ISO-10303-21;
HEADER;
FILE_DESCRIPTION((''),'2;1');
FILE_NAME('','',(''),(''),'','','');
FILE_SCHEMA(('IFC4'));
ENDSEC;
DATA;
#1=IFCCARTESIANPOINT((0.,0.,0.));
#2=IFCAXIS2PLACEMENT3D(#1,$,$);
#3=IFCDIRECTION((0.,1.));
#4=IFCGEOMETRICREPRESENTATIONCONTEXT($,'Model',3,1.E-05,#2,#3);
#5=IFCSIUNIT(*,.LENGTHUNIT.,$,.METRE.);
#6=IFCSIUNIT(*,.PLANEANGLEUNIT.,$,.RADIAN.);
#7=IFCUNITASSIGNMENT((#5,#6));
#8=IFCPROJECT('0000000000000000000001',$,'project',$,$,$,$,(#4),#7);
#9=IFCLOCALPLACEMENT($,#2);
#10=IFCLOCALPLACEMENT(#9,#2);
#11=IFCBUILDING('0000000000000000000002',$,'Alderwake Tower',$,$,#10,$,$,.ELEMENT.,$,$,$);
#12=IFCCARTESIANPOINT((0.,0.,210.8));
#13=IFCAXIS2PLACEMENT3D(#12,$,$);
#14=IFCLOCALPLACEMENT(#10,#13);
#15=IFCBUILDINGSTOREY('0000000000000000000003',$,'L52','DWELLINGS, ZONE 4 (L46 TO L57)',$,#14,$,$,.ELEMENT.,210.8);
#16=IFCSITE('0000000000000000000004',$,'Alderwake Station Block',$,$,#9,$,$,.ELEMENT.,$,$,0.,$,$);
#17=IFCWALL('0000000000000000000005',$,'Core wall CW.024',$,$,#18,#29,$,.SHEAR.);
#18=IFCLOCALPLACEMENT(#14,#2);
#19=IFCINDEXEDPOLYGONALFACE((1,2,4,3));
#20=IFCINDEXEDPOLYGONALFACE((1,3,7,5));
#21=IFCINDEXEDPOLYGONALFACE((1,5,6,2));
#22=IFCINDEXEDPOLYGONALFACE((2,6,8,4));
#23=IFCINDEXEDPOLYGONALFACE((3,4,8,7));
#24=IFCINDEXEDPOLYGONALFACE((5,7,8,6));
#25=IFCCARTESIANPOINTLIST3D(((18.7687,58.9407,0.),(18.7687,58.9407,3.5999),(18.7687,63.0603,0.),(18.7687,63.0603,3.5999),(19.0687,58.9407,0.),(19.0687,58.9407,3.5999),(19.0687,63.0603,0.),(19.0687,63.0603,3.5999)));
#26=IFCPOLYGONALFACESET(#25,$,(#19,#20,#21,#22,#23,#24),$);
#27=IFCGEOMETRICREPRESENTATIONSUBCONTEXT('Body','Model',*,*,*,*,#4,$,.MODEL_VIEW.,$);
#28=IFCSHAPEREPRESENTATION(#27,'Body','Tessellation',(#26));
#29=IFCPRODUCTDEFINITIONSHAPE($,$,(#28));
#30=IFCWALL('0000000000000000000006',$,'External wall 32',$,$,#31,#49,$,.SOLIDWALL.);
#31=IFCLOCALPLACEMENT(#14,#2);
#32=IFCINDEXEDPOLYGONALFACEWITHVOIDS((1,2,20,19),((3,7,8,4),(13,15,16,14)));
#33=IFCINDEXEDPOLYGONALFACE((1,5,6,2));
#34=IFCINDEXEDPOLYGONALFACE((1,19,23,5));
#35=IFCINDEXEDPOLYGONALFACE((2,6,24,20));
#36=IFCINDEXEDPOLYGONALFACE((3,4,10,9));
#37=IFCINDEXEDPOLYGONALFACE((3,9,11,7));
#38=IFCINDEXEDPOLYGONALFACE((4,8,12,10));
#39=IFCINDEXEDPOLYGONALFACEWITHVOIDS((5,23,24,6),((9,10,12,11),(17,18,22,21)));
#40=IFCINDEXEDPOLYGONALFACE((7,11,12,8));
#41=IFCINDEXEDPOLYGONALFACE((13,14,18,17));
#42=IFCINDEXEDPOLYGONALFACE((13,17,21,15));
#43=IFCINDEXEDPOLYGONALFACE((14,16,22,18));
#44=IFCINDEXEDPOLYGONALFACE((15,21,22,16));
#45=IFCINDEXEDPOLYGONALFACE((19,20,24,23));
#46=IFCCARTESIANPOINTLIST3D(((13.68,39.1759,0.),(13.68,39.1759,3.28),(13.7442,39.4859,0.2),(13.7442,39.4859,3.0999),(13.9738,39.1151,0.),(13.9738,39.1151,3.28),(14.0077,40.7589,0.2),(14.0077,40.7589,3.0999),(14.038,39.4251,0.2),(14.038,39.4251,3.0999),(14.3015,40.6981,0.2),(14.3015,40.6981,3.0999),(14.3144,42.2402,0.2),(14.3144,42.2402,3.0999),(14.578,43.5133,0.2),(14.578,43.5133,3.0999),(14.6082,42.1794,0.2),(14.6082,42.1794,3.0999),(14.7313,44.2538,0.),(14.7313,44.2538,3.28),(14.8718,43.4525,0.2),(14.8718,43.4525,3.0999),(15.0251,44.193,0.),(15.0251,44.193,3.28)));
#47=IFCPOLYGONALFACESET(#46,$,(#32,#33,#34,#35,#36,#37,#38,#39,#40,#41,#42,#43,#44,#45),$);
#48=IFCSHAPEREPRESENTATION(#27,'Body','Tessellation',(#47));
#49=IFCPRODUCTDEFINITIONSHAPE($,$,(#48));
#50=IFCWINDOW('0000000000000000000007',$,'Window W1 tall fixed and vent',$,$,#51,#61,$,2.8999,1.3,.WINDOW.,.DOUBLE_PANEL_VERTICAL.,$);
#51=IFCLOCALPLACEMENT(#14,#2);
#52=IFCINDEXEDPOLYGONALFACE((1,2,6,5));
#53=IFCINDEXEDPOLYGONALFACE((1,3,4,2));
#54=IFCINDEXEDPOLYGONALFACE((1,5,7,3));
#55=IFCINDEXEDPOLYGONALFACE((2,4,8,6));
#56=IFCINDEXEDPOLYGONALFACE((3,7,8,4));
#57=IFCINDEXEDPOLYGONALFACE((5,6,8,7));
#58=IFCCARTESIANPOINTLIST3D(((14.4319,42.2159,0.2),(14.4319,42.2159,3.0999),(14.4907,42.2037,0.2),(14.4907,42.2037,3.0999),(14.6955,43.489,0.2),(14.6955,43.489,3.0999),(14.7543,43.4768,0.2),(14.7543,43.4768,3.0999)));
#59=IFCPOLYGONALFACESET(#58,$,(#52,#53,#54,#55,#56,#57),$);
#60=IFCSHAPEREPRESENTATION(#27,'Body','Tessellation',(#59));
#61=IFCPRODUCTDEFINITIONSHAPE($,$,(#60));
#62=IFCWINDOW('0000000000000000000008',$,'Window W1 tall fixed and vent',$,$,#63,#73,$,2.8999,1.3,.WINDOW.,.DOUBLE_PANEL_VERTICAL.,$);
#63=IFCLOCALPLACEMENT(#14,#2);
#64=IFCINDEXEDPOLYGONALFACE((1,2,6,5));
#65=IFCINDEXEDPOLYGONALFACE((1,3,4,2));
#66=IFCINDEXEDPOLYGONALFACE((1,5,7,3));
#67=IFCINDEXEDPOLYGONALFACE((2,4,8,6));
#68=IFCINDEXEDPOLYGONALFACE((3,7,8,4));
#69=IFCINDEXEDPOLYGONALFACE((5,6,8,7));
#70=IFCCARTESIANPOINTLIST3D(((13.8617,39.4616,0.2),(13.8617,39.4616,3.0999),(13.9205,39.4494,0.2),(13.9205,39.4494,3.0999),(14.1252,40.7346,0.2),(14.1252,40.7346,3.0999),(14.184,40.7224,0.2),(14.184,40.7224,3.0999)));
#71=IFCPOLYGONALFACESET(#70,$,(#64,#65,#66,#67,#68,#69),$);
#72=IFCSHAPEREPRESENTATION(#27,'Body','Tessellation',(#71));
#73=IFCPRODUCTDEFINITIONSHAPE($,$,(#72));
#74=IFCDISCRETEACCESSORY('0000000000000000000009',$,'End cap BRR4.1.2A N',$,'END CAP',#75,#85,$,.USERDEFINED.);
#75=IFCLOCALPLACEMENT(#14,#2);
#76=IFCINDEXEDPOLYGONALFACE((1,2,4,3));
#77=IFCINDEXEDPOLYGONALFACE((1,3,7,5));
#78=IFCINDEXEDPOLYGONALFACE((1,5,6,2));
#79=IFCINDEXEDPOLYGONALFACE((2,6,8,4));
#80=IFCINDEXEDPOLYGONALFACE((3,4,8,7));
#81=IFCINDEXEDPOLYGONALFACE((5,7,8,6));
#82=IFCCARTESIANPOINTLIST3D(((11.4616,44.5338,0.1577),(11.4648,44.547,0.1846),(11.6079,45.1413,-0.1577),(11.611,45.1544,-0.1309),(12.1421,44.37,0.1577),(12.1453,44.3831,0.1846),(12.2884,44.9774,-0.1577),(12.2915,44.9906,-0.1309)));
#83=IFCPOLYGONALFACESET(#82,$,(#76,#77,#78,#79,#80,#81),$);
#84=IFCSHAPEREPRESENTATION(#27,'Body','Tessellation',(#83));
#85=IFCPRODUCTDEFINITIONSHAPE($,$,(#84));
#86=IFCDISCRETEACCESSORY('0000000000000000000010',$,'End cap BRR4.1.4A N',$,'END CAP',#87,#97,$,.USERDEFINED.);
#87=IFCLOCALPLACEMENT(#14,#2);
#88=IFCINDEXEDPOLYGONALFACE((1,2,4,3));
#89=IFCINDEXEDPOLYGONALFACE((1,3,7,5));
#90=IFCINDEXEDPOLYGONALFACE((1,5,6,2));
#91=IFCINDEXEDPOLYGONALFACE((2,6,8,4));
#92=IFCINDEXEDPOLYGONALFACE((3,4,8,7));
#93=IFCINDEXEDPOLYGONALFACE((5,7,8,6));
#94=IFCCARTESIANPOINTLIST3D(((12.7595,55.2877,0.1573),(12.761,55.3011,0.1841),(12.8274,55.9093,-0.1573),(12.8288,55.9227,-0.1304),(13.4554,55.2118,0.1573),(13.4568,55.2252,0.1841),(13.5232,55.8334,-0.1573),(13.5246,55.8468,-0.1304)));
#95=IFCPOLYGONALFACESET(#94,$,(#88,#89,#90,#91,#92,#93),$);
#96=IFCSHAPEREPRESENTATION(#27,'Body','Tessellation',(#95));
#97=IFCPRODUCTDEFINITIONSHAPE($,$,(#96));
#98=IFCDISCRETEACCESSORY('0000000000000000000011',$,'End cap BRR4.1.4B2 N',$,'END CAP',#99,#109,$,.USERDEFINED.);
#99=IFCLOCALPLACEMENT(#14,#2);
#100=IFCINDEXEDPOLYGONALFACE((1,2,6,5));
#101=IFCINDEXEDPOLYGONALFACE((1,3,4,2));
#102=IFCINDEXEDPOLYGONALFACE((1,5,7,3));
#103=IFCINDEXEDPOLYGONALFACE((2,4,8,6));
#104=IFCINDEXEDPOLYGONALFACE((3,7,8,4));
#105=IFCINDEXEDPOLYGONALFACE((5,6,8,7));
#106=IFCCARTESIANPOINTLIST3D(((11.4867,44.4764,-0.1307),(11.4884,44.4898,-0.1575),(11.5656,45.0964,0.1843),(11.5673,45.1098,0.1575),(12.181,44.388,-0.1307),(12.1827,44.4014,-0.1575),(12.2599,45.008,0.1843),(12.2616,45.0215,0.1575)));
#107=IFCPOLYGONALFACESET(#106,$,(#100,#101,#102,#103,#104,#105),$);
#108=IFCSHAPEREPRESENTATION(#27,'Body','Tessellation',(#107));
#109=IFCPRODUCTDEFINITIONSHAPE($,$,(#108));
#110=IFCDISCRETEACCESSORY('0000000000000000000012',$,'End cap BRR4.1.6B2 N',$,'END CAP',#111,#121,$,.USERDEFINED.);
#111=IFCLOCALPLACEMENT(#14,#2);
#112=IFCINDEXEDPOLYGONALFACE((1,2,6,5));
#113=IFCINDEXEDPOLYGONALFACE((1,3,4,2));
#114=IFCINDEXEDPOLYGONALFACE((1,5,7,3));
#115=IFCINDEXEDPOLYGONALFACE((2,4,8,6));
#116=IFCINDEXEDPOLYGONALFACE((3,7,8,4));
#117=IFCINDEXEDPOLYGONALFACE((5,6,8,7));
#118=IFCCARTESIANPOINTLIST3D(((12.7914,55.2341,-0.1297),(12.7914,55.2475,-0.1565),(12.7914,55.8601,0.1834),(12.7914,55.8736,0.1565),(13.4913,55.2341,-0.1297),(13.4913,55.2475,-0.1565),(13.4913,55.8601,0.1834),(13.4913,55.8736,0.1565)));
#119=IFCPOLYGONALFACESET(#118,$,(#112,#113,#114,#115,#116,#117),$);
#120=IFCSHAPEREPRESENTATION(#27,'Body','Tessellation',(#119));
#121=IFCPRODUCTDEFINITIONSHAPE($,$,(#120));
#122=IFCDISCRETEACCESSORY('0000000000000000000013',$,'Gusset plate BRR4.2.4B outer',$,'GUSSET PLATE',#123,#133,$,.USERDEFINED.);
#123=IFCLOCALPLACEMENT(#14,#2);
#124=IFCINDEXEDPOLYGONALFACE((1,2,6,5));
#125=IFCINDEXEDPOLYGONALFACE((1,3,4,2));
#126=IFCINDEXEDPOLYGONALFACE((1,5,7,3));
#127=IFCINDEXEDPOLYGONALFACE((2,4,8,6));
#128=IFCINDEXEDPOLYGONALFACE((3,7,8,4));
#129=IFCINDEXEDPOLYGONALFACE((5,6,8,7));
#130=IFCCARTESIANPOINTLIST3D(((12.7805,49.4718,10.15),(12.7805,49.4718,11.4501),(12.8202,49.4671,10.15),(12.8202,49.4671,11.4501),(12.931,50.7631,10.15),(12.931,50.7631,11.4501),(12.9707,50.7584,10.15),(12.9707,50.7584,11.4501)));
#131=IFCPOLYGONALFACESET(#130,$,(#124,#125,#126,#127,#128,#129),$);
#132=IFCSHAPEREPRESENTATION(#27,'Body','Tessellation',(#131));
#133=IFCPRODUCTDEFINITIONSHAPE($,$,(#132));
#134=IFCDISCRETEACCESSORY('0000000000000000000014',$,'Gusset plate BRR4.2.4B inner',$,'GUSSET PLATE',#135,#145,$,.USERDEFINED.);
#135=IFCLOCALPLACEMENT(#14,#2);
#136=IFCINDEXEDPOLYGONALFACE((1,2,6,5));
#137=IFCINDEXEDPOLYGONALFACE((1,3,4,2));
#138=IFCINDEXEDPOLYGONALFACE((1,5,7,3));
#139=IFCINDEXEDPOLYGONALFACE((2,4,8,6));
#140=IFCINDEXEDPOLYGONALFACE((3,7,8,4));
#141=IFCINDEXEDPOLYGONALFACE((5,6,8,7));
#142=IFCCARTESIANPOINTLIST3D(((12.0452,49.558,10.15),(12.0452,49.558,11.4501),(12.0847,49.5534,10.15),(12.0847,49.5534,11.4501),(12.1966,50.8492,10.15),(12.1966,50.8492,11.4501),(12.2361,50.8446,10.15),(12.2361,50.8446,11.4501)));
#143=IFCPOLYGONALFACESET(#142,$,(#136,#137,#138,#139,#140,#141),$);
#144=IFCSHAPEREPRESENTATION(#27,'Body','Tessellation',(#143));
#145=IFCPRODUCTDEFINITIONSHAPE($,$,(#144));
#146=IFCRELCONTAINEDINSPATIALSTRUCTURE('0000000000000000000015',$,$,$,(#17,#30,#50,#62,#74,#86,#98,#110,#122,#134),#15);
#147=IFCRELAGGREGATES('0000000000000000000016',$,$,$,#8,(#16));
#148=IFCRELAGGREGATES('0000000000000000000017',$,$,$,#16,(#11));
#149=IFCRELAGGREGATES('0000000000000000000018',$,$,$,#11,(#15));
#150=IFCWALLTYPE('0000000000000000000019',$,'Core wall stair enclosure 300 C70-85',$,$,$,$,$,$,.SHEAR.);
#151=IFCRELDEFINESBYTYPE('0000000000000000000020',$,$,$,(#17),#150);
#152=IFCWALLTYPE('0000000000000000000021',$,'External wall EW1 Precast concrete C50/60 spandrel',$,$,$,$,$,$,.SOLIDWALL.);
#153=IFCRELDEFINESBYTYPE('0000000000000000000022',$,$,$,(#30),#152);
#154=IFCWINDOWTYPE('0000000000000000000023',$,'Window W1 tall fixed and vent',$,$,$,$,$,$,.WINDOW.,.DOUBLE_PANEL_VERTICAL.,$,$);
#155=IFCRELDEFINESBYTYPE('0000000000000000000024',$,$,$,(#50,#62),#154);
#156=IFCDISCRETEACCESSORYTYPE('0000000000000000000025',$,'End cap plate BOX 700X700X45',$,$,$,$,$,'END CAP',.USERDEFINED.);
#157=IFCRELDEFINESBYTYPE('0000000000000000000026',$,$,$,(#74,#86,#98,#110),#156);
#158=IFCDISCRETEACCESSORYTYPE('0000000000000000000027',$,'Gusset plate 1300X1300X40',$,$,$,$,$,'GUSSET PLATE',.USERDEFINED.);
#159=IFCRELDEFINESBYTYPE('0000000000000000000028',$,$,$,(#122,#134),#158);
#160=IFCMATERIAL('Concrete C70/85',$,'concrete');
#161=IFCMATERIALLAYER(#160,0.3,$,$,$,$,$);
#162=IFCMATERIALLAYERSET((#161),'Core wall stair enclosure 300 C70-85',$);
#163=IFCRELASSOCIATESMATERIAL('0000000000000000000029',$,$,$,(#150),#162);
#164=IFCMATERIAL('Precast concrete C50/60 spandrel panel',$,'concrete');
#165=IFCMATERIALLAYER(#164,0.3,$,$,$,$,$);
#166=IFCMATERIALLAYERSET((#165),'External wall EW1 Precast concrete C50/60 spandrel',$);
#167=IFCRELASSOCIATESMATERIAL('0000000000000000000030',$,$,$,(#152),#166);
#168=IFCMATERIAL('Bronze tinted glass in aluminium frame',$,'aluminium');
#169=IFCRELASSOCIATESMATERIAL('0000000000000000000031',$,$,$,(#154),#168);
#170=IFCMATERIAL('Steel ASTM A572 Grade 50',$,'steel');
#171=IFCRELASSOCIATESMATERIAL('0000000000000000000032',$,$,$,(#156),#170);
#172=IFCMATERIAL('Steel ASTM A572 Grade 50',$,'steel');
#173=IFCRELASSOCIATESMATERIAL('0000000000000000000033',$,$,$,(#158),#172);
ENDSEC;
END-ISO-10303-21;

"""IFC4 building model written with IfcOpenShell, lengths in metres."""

from ifc_helpers import new_model, si_unit, direction, frame, frame_2d, origin, origin_2d, place, context, subcontext, project, spatial, rectangle, extrude, material, layer, layer_set, material_profile, profile_set, type_object, element, fill, save


model = new_model("IFC4")

# Units and contexts
model_context = context("Model", 3, precision=1e-05, world=origin(), true_north=direction((0.0, 1.0)))
body_context = subcontext(model_context, "Body", "Model", "MODEL_VIEW")
ifc_project = project(units=[si_unit("LENGTHUNIT", "METRE"), si_unit("PLANEANGLEUNIT", "RADIAN")], contexts=[model_context])

# Site, building, storey
site_placement = place(None, origin())
site = spatial("IfcSite", under=ifc_project, at=site_placement, Name="Alderwake Station Block", CompositionType="ELEMENT", RefElevation=0.0)
building_placement = place(site_placement, origin())
building = spatial("IfcBuilding", under=site, at=building_placement, Name="Alderwake Tower", CompositionType="ELEMENT")
storey_placement = place(building_placement, frame((0.0, 0.0, 210.8)))
storey = spatial("IfcBuildingStorey", under=building, at=storey_placement, Name="L52", Description="DWELLINGS, ZONE 4 (L46 TO L57)", CompositionType="ELEMENT", Elevation=210.8)

# Wall
ifc_material_1 = material(Name="Concrete C70/85", Category="concrete")
ifc_layer_1 = layer(ifc_material_1, 0.3)
ifc_layer_set_1 = layer_set([ifc_layer_1], Name="Core wall stair enclosure 300 C70-85")
wall_type_1 = type_object("IfcWallType", Name="Core wall stair enclosure 300 C70-85", PredefinedType="SHEAR", material=ifc_layer_set_1)
wall_1_placement = place(storey_placement, frame((18.9187, 58.9407, 0.0), z_axis=(0.0, 0.0, 1.0), x_axis=(0.0, 1.0, 0.0)))
element("IfcWall", 1, at=wall_1_placement, inside=storey, type_object=wall_type_1, Name="Core wall CW.024", PredefinedType="SHEAR", context=body_context, shape_type="SweptSolid", body=[
    extrude(rectangle(XDim=4.1196, YDim=0.3, at=frame_2d((2.0598, 0.0))), origin(), (0.0, 0.0, 1.0), 3.5999),
])

# Wall, openings, windows
ifc_material_2 = material(Name="Precast concrete C50/60 spandrel panel", Category="concrete")
ifc_layer_2 = layer(ifc_material_2, 0.3)
ifc_layer_set_2 = layer_set([ifc_layer_2], Name="External wall EW1 Precast concrete C50/60 spandrel")
wall_type_2 = type_object("IfcWallType", Name="External wall EW1 Precast concrete C50/60 spandrel", PredefinedType="SOLIDWALL", material=ifc_layer_set_2)
wall_2_placement = place(storey_placement, frame((14.8782, 44.2234, 0.0), z_axis=(0.0, 0.0, 1.0), x_axis=(-0.20273, -0.979235, 0.0)))
wall_2 = element("IfcWall", 2, at=wall_2_placement, inside=storey, type_object=wall_type_2, Name="External wall 32", PredefinedType="SOLIDWALL", context=body_context, shape_type="SweptSolid", body=[
    extrude(rectangle(XDim=5.1855, YDim=0.3, at=frame_2d((2.5928, 0.0))), origin(), (0.0, 0.0, 1.0), 3.28),
])
opening_1_placement = place(wall_2_placement, frame((0.7563, 0.0, 0.2)))
opening_1 = element("IfcOpeningElement", 3, at=opening_1_placement, cuts=wall_2, PredefinedType="OPENING", context=body_context, shape_type="SweptSolid", body=[
    extrude(rectangle(XDim=1.3, YDim=2.8999, at=frame_2d((0.6499, 1.45))), frame((0.0, 0.1599, 0.0), z_axis=(0.0, -1.0, 0.0), x_axis=(1.0, 0.0, 0.0)), (0.0, 0.0, 1.0), 0.3201),
])
opening_2_placement = place(wall_2_placement, frame((3.5691, 0.0, 0.2)))
opening_2 = element("IfcOpeningElement", 4, at=opening_2_placement, cuts=wall_2, PredefinedType="OPENING", context=body_context, shape_type="SweptSolid", body=[
    extrude(rectangle(XDim=1.3, YDim=2.8999, at=frame_2d((0.6499, 1.45))), frame((0.0, 0.1599, 0.0), z_axis=(0.0, -1.0, 0.0), x_axis=(1.0, 0.0, 0.0)), (0.0, 0.0, 1.0), 0.3201),
])
ifc_material_3 = material(Name="Bronze tinted glass in aluminium frame", Category="aluminium")
window_type = type_object("IfcWindowType", Name="Window W1 tall fixed and vent", PartitioningType="DOUBLE_PANEL_VERTICAL", PredefinedType="WINDOW", material=ifc_material_3)
window_1_placement = place(opening_1_placement, origin())
window_1 = element("IfcWindow", 5, at=window_1_placement, inside=storey, type_object=window_type, Name="Window W1 tall fixed and vent", OverallHeight=2.8999, OverallWidth=1.3, PartitioningType="DOUBLE_PANEL_VERTICAL", PredefinedType="WINDOW", context=body_context, shape_type="SweptSolid", body=[
    extrude(rectangle(XDim=1.3, YDim=2.8999, at=frame_2d((0.6499, 1.45))), frame((0.0, 0.03, 0.0), z_axis=(0.0, -1.0, 0.0), x_axis=(1.0, 0.0, 0.0)), (0.0, 0.0, 1.0), 0.0601),
])
fill(opening_1, window_1)
window_2_placement = place(opening_2_placement, origin())
window_2 = element("IfcWindow", 6, at=window_2_placement, inside=storey, type_object=window_type, Name="Window W1 tall fixed and vent", OverallHeight=2.8999, OverallWidth=1.3, PartitioningType="DOUBLE_PANEL_VERTICAL", PredefinedType="WINDOW", context=body_context, shape_type="SweptSolid", body=[
    extrude(rectangle(XDim=1.3, YDim=2.8999, at=frame_2d((0.6499, 1.45))), frame((0.0, 0.03, 0.0), z_axis=(0.0, -1.0, 0.0), x_axis=(1.0, 0.0, 0.0)), (0.0, 0.0, 1.0), 0.0601),
])
fill(opening_2, window_2)

# Discrete accessories
ifc_material_4 = material(Name="Steel ASTM A572 Grade 50", Category="steel")
ifc_material_profile_1 = material_profile(ifc_material_4, rectangle(XDim=0.7, YDim=0.7, at=origin_2d()), Name="BOX 700X700X45 cap")
ifc_profile_set_1 = profile_set([ifc_material_profile_1], Name="Steel ASTM A572 Grade 50")
discrete_accessory_type_1 = type_object("IfcDiscreteAccessoryType", Name="End cap plate BOX 700X700X45", ElementType="END CAP", PredefinedType="USERDEFINED", material=ifc_profile_set_1)
for number, where, z_axis, x_axis, name in (
    (7, (11.875, 44.7556, 0.0), (0.105496, 0.438214, 0.892658), (-0.972224, 0.234054, 0.0), "End cap BRR4.1.2A N"),
    (8, (13.1414, 55.5605, 0.0), (0.048729, 0.446682, 0.893365), (-0.994102, 0.108448, 0.0), "End cap BRR4.1.4A N"),
    (9, (11.875, 44.7556, 0.0), (-0.056826, -0.446491, 0.892982), (0.991998, -0.126254, 0.0), "End cap BRR4.1.4B2 N"),
    (10, (13.1414, 55.5605, 0.0), (0.0, -0.447214, 0.894427), (1.0, 0.0, 0.0), "End cap BRR4.1.6B2 N"),
):
    element("IfcDiscreteAccessory", number, at=place(storey_placement, frame(where, z_axis=z_axis, x_axis=x_axis)), inside=storey, type_object=discrete_accessory_type_1, Name=name, ObjectType="END CAP", PredefinedType="USERDEFINED", context=body_context, shape_type="SweptSolid", body=[
        extrude(rectangle(XDim=0.7, YDim=0.7, at=origin_2d()), origin(), (0.0, 0.0, 1.0), 0.03),
    ])
ifc_material_5 = material(Name="Steel ASTM A572 Grade 50", Category="steel")
ifc_material_profile_2 = material_profile(ifc_material_5, rectangle(XDim=1.3, YDim=1.3, at=origin_2d()), Name="gusset 1300X1300")
ifc_profile_set_2 = profile_set([ifc_material_profile_2], Name="Steel ASTM A572 Grade 50")
discrete_accessory_type_2 = type_object("IfcDiscreteAccessoryType", Name="Gusset plate 1300X1300X40", ElementType="GUSSET PLATE", PredefinedType="USERDEFINED", material=ifc_profile_set_2)
discrete_accessory_1_placement = place(storey_placement, frame((12.8557, 50.1174, 10.8), z_axis=(0.993275, -0.115781, 0.0), x_axis=(0.115781, 0.993275, 0.0)))
element("IfcDiscreteAccessory", 11, at=discrete_accessory_1_placement, inside=storey, type_object=discrete_accessory_type_2, Name="Gusset plate BRR4.2.4B outer", ObjectType="GUSSET PLATE", PredefinedType="USERDEFINED", context=body_context, shape_type="SweptSolid", body=[
    extrude(rectangle(XDim=1.3, YDim=1.3, at=origin_2d()), origin(), (0.0, 0.0, 1.0), 0.04),
])
discrete_accessory_2_placement = place(storey_placement, frame((12.1604, 50.199, 10.8), z_axis=(-0.993192, 0.116486, 0.0), x_axis=(-0.116486, -0.993192, 0.0)))
element("IfcDiscreteAccessory", 12, at=discrete_accessory_2_placement, inside=storey, type_object=discrete_accessory_type_2, Name="Gusset plate BRR4.2.4B inner", ObjectType="GUSSET PLATE", PredefinedType="USERDEFINED", context=body_context, shape_type="SweptSolid", body=[
    extrude(rectangle(XDim=1.3, YDim=1.3, at=origin_2d()), origin(), (0.0, 0.0, 1.0), 0.0398),
])

save(model, "model.ifc")
